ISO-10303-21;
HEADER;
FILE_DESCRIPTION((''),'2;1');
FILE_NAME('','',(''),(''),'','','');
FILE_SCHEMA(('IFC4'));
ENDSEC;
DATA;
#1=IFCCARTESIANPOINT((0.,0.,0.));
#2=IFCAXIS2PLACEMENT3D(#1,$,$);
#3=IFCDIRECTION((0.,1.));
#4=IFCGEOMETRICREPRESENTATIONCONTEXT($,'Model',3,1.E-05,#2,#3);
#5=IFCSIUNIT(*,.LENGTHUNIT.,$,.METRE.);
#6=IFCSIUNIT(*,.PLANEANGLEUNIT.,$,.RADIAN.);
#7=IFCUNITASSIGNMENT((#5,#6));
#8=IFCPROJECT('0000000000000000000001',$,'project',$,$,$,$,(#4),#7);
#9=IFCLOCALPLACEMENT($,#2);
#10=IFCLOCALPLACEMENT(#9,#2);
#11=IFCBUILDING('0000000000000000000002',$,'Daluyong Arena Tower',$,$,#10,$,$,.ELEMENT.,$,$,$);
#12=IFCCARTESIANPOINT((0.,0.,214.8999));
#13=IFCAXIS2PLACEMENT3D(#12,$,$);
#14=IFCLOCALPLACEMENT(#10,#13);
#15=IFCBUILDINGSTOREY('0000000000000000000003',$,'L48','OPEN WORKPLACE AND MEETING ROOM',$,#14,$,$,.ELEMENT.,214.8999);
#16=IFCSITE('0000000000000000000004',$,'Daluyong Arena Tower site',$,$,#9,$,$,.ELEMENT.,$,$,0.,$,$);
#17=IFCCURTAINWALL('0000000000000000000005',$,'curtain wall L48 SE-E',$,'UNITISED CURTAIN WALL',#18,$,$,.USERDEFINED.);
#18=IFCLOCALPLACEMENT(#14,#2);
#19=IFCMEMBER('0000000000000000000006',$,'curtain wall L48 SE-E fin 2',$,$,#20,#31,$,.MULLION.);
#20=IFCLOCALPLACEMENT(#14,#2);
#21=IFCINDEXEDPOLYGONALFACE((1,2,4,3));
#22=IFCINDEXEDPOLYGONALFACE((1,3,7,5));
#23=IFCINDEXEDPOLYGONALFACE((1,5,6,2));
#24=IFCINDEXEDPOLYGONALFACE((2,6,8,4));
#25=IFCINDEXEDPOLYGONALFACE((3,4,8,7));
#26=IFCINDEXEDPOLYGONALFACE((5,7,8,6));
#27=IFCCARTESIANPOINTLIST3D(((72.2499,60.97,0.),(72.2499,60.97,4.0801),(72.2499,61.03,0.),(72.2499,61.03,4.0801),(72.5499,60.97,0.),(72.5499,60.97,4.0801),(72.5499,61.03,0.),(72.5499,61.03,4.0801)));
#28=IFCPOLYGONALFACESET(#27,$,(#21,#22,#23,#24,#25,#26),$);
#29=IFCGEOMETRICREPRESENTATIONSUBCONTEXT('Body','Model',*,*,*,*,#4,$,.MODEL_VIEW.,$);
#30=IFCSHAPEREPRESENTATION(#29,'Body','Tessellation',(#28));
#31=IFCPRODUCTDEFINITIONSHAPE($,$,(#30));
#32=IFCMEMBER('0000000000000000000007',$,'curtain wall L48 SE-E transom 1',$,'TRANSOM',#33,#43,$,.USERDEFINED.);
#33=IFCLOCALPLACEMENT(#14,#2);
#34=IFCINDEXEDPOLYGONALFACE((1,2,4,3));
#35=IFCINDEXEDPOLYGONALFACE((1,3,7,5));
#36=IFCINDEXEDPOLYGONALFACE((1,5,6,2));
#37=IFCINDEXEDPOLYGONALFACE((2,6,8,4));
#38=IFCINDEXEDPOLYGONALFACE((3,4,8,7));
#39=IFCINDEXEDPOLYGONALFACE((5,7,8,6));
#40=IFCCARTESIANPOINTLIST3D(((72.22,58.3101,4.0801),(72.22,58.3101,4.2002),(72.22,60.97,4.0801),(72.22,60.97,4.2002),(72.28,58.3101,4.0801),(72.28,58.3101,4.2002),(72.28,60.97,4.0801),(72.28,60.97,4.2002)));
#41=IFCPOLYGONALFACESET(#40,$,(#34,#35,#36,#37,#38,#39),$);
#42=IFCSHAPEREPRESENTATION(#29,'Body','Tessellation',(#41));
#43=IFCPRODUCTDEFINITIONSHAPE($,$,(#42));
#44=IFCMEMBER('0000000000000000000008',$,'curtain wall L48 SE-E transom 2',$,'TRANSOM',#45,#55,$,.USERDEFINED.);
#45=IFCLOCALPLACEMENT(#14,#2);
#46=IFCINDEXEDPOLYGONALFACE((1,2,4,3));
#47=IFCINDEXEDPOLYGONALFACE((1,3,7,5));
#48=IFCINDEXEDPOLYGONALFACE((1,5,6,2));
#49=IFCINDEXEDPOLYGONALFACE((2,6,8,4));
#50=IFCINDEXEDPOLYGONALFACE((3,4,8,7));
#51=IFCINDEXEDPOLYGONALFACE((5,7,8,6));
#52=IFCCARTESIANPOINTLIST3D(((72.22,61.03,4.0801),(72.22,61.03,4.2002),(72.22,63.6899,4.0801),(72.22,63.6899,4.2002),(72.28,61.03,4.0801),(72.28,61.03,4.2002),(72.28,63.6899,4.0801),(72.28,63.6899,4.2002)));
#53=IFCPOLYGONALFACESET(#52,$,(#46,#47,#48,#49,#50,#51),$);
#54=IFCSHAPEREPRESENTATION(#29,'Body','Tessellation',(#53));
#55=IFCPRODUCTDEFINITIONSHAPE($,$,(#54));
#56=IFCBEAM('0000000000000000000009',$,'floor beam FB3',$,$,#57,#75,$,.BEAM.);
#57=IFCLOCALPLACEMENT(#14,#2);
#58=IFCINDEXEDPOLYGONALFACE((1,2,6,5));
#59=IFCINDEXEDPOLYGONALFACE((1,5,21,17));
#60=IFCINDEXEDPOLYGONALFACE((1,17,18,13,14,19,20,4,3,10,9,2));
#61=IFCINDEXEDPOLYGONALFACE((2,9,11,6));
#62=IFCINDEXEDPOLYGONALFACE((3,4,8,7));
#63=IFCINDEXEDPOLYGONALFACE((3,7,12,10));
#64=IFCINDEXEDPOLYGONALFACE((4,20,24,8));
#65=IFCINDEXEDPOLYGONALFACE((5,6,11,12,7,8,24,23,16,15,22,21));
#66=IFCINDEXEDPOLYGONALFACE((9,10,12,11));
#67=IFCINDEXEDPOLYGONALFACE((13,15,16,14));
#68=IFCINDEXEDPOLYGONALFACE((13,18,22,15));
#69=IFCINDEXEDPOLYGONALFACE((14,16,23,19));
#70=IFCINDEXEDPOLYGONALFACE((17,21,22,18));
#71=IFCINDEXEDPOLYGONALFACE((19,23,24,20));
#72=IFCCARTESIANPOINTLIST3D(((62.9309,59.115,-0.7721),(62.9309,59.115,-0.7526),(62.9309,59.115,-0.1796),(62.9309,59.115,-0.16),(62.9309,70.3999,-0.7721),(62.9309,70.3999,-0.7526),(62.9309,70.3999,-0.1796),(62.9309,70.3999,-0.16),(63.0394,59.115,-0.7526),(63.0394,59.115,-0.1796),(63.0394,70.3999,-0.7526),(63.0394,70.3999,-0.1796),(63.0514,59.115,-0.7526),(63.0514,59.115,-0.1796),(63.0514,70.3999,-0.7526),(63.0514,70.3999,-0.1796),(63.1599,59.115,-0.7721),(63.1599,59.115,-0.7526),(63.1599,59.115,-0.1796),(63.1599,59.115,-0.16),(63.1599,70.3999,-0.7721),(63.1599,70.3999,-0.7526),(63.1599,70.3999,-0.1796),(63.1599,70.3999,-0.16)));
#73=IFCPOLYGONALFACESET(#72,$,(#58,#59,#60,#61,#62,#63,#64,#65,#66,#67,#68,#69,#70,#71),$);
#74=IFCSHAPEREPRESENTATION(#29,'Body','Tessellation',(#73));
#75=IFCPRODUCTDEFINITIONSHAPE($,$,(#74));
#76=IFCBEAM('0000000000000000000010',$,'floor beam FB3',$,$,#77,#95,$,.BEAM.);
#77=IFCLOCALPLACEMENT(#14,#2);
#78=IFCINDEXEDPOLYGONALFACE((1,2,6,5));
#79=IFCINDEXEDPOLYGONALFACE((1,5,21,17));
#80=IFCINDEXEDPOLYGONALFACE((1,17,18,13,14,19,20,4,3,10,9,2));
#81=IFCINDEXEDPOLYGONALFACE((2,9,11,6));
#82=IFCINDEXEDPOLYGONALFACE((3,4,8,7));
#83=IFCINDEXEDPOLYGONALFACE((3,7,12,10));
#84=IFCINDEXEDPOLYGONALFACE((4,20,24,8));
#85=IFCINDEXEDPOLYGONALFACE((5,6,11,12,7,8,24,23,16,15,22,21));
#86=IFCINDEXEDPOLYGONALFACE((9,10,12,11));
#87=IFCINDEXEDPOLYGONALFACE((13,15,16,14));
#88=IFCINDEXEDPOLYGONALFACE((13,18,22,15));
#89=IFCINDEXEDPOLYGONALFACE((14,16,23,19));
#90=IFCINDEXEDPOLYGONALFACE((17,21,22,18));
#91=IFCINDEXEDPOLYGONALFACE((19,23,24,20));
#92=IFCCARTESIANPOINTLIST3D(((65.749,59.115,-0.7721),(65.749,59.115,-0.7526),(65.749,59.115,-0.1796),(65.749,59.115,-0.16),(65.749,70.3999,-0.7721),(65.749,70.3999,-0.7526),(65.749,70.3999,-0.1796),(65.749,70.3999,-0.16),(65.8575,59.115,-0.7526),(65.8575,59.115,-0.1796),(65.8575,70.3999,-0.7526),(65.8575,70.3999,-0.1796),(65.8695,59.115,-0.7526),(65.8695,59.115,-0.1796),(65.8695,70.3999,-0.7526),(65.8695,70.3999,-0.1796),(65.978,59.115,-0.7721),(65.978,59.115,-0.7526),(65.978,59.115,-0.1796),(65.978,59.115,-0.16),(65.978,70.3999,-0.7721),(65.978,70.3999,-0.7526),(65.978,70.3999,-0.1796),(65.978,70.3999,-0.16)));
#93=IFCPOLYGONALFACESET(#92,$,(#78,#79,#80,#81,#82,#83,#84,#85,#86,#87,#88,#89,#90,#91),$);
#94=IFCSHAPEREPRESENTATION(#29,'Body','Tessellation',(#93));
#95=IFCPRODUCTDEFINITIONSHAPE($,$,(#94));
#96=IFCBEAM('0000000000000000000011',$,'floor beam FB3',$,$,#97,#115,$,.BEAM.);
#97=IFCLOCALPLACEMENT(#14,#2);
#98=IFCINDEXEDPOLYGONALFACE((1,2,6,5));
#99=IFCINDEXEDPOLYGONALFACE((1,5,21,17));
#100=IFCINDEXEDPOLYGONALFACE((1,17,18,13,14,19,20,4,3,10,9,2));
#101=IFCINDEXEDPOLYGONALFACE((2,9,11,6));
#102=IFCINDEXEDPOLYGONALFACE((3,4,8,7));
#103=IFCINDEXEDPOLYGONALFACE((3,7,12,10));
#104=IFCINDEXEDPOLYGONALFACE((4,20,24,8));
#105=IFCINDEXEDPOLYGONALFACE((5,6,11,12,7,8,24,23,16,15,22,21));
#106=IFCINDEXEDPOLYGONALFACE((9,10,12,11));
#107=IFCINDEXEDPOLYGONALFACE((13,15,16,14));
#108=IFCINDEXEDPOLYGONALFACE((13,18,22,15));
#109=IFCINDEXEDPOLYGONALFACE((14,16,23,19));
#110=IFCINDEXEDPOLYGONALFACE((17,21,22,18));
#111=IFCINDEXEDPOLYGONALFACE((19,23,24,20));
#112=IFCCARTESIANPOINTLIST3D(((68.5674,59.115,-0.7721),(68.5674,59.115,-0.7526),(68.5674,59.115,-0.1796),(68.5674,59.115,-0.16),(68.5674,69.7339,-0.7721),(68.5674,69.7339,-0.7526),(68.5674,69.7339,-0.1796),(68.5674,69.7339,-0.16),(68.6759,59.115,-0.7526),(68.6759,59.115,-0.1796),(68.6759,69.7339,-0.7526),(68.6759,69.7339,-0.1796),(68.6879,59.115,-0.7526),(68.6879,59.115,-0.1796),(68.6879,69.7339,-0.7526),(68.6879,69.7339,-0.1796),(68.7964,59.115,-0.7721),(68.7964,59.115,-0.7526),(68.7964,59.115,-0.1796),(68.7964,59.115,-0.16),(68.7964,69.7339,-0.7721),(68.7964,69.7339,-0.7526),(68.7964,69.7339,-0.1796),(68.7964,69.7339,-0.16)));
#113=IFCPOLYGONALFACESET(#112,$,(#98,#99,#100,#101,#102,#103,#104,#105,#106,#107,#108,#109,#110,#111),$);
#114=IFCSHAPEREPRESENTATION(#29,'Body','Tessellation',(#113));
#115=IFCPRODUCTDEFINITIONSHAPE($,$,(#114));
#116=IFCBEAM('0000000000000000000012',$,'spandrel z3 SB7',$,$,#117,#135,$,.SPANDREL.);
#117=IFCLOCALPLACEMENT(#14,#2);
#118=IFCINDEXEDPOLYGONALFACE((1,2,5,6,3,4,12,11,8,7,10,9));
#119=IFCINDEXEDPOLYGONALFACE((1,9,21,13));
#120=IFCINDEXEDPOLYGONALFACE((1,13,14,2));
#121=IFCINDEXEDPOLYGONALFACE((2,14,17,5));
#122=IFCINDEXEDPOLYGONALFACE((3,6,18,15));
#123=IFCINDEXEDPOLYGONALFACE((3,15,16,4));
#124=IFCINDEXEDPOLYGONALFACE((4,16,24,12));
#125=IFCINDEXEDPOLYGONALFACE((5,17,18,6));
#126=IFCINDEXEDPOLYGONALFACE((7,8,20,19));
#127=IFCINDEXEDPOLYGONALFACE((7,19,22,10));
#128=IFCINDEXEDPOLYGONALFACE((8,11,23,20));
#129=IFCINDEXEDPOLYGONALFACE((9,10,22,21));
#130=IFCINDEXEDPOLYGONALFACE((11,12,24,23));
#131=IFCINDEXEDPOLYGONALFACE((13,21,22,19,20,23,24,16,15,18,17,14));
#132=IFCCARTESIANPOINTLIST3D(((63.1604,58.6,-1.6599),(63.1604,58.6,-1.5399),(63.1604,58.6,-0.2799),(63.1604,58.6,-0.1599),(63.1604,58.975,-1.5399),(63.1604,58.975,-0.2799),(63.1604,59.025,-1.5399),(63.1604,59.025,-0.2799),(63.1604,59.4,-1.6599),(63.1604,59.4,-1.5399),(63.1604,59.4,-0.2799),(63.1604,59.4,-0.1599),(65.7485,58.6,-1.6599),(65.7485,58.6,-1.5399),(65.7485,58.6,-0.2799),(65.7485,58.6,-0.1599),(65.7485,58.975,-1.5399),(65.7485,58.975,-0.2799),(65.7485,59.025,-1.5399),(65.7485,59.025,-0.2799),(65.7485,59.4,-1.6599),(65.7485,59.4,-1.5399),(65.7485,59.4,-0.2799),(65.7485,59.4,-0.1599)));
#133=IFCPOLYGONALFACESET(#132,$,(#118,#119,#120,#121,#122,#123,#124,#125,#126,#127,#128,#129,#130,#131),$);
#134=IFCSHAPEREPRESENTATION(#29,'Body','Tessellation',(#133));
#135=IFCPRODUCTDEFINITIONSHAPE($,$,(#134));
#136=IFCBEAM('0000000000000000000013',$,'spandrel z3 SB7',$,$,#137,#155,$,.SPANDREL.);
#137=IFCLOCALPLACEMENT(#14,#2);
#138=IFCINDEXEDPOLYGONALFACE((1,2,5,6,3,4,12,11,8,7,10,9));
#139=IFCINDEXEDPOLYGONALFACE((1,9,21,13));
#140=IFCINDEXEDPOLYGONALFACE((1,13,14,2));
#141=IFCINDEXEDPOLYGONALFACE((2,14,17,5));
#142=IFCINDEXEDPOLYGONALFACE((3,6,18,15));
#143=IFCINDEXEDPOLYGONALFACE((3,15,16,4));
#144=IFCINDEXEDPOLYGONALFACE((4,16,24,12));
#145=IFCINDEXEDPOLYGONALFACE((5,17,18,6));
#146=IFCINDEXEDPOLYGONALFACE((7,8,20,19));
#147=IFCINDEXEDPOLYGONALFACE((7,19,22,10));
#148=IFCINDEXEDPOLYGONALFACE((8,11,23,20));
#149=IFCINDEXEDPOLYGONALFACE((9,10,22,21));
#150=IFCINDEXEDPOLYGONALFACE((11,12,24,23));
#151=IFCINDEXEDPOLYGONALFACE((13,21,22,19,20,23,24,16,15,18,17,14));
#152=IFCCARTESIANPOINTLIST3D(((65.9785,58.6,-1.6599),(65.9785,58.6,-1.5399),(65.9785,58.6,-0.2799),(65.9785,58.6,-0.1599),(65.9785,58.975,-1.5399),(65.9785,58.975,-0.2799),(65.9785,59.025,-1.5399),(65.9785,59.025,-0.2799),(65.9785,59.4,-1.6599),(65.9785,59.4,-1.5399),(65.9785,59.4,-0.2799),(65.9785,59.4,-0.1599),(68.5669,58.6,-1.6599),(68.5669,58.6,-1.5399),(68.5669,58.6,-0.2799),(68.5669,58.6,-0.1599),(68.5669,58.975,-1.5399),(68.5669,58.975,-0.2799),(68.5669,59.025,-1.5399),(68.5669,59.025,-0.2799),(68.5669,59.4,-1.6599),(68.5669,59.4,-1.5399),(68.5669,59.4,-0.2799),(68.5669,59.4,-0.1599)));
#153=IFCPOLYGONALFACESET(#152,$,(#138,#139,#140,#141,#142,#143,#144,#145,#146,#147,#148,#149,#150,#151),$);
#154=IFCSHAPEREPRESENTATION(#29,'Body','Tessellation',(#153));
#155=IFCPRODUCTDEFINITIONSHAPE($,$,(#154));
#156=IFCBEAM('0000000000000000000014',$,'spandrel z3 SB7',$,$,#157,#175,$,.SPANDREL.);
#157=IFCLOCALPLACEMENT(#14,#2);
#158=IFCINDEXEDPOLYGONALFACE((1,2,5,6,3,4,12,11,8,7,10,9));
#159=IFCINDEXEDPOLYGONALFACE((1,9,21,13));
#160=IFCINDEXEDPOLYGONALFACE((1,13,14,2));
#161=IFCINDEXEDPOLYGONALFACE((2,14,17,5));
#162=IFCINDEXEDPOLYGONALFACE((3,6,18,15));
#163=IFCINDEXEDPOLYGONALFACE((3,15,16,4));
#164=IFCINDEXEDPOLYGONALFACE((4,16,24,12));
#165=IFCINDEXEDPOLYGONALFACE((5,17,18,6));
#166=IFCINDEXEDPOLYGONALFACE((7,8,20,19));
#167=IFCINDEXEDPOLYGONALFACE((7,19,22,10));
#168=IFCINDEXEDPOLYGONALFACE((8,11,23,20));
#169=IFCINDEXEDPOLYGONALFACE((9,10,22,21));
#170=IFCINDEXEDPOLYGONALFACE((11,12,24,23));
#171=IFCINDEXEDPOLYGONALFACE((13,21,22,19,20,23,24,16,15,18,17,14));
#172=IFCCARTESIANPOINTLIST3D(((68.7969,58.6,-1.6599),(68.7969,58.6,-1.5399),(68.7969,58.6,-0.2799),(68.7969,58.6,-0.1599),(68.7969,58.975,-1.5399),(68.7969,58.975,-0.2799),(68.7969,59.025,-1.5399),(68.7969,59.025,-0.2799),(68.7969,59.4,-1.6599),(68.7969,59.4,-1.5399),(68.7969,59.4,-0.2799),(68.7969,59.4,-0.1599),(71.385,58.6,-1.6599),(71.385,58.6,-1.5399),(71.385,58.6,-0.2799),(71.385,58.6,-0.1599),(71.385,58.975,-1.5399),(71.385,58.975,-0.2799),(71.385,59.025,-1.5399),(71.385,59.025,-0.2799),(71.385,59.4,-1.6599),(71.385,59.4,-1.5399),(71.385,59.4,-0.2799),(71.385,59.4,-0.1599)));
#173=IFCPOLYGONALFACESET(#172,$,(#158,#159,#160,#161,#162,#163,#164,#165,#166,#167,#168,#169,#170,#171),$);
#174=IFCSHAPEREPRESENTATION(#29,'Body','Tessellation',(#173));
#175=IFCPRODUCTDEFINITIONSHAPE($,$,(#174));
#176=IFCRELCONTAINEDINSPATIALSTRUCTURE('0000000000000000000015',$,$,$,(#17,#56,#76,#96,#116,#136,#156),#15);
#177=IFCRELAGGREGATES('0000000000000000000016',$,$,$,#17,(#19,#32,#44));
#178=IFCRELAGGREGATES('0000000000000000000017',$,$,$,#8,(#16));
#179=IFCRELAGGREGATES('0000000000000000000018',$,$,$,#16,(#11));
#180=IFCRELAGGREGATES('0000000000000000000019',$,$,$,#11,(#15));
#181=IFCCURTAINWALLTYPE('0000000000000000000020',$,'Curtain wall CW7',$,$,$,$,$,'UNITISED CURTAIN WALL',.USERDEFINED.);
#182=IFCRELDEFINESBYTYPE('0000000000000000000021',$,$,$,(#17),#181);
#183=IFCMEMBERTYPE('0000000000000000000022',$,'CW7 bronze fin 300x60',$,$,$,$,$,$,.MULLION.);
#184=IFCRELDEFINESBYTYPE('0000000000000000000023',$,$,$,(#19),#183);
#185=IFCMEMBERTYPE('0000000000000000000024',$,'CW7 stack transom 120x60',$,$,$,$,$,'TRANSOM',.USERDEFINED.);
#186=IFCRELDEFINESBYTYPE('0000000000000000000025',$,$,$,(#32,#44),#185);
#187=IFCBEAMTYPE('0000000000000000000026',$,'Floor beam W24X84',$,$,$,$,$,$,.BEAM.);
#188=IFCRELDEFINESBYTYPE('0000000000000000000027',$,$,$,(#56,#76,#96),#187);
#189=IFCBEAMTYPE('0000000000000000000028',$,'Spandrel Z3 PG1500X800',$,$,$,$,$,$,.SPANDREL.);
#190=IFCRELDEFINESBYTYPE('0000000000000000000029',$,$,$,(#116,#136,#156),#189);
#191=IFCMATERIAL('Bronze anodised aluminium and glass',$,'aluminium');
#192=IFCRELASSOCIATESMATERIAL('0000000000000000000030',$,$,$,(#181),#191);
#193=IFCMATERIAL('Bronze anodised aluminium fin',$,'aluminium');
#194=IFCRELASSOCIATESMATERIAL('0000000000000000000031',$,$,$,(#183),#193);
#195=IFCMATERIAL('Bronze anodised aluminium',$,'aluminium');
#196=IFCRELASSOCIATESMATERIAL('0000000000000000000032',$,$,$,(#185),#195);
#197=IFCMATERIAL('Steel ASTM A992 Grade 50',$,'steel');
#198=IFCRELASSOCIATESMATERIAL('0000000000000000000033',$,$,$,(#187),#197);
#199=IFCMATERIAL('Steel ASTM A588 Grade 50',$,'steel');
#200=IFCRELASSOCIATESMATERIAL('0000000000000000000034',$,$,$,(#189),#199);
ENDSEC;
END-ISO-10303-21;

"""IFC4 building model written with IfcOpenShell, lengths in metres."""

from ifc_helpers import new_model, si_unit, direction, frame, origin, origin_2d, place, context, subcontext, project, spatial, rectangle, i_section, extrude, material, material_profile, profile_set, type_object, element, aggregate, save


model = new_model("IFC4")

# Units and contexts
model_context = context("Model", 3, precision=1e-05, world=origin(), true_north=direction((0.0, 1.0)))
body_context = subcontext(model_context, "Body", "Model", "MODEL_VIEW")
ifc_project = project(units=[si_unit("LENGTHUNIT", "METRE"), si_unit("PLANEANGLEUNIT", "RADIAN")], contexts=[model_context])

# Site, building, storey
site_placement = place(None, origin())
site = spatial("IfcSite", under=ifc_project, at=site_placement, Name="Daluyong Arena Tower site", CompositionType="ELEMENT", RefElevation=0.0)
building_placement = place(site_placement, origin())
building = spatial("IfcBuilding", under=site, at=building_placement, Name="Daluyong Arena Tower", CompositionType="ELEMENT")
storey_placement = place(building_placement, frame((0.0, 0.0, 214.8999)))
storey = spatial("IfcBuildingStorey", under=building, at=storey_placement, Name="L48", Description="OPEN WORKPLACE AND MEETING ROOM", CompositionType="ELEMENT", Elevation=214.8999)

# Curtain wall, members
ifc_material_1 = material(Name="Bronze anodised aluminium and glass", Category="aluminium")
curtain_wall_type_1 = type_object("IfcCurtainWallType", Name="Curtain wall CW7", ElementType="UNITISED CURTAIN WALL", PredefinedType="USERDEFINED", material=ifc_material_1)
curtain_wall_1_placement = place(storey_placement, origin())
curtain_wall_1 = element("IfcCurtainWall", 1, at=curtain_wall_1_placement, inside=storey, type_object=curtain_wall_type_1, Name="curtain wall L48 SE-E", ObjectType="UNITISED CURTAIN WALL", PredefinedType="USERDEFINED")
ifc_material_2 = material(Name="Bronze anodised aluminium fin", Category="aluminium")
ifc_material_profile_1 = material_profile(ifc_material_2, rectangle(XDim=0.3, YDim=0.0601, at=origin_2d()))
ifc_profile_set_1 = profile_set([ifc_material_profile_1], Name="Bronze anodised aluminium fin")
member_type_1 = type_object("IfcMemberType", Name="CW7 bronze fin 300x60", PredefinedType="MULLION", material=ifc_profile_set_1)
member_1_placement = place(storey_placement, frame((72.3999, 61.0, 0.0), z_axis=(0.0, 0.0, 1.0), x_axis=(-1.0, 0.0, 0.0)))
member_1 = element("IfcMember", 2, at=member_1_placement, type_object=member_type_1, Name="curtain wall L48 SE-E fin 2", PredefinedType="MULLION", context=body_context, shape_type="SweptSolid", body=[
    extrude(rectangle(XDim=0.3, YDim=0.0601, at=origin_2d()), origin(), (0.0, 0.0, 1.0), 4.0801),
])
ifc_material_3 = material(Name="Bronze anodised aluminium", Category="aluminium")
ifc_material_profile_2 = material_profile(ifc_material_3, rectangle(XDim=0.0601, YDim=0.1201, at=origin_2d()))
ifc_profile_set_2 = profile_set([ifc_material_profile_2], Name="Bronze anodised aluminium")
member_type_2 = type_object("IfcMemberType", Name="CW7 stack transom 120x60", ElementType="TRANSOM", PredefinedType="USERDEFINED", material=ifc_profile_set_2)
member_2_placement = place(storey_placement, frame((72.25, 58.3101, 4.1401), z_axis=(0.0, 1.0, 0.0), x_axis=(-1.0, 0.0, 0.0)))
member_2 = element("IfcMember", 3, at=member_2_placement, type_object=member_type_2, Name="curtain wall L48 SE-E transom 1", ObjectType="TRANSOM", PredefinedType="USERDEFINED", context=body_context, shape_type="SweptSolid", body=[
    extrude(rectangle(XDim=0.0601, YDim=0.1201, at=origin_2d()), origin(), (0.0, 0.0, 1.0), 2.6599),
])
member_3_placement = place(storey_placement, frame((72.25, 61.03, 4.1401), z_axis=(0.0, 1.0, 0.0), x_axis=(-1.0, 0.0, 0.0)))
member_3 = element("IfcMember", 4, at=member_3_placement, type_object=member_type_2, Name="curtain wall L48 SE-E transom 2", ObjectType="TRANSOM", PredefinedType="USERDEFINED", context=body_context, shape_type="SweptSolid", body=[
    extrude(rectangle(XDim=0.0601, YDim=0.1201, at=origin_2d()), origin(), (0.0, 0.0, 1.0), 2.6599),
])

# Beams
ifc_material_4 = material(Name="Steel ASTM A992 Grade 50", Category="steel")
ifc_material_profile_3 = material_profile(ifc_material_4, i_section(OverallWidth=0.229, OverallDepth=0.6121, WebThickness=0.012, FlangeThickness=0.0195, at=origin_2d()))
ifc_profile_set_3 = profile_set([ifc_material_profile_3], Name="Steel ASTM A992 Grade 50")
beam_type_1 = type_object("IfcBeamType", Name="Floor beam W24X84", PredefinedType="BEAM", material=ifc_profile_set_3)
for number, where, z_axis, x_axis, name in (
    (5, (63.0454, 59.115, -0.4661), (0.0, 1.0, 0.0), (-1.0, 0.0, 0.0), "floor beam FB3"),
    (6, (65.8635, 59.115, -0.4661), (0.0, 1.0, 0.0), (-1.0, 0.0, 0.0), "floor beam FB3"),
):
    element("IfcBeam", number, at=place(storey_placement, frame(where, z_axis=z_axis, x_axis=x_axis)), inside=storey, type_object=beam_type_1, Name=name, PredefinedType="BEAM", context=body_context, shape_type="SweptSolid", body=[
        extrude(i_section(OverallWidth=0.229, OverallDepth=0.6121, WebThickness=0.012, FlangeThickness=0.0195, at=origin_2d()), origin(), (0.0, 0.0, 1.0), 11.2849),
    ])
beam_1_placement = place(storey_placement, frame((68.6819, 59.115, -0.4661), z_axis=(0.0, 1.0, 0.0), x_axis=(-1.0, 0.0, 0.0)))
element("IfcBeam", 7, at=beam_1_placement, inside=storey, type_object=beam_type_1, Name="floor beam FB3", PredefinedType="BEAM", context=body_context, shape_type="SweptSolid", body=[
    extrude(i_section(OverallWidth=0.229, OverallDepth=0.6121, WebThickness=0.012, FlangeThickness=0.0195, at=origin_2d()), origin(), (0.0, 0.0, 1.0), 10.6189),
])
ifc_material_5 = material(Name="Steel ASTM A588 Grade 50", Category="steel")
ifc_material_profile_4 = material_profile(ifc_material_5, i_section(OverallWidth=0.8, OverallDepth=1.5, WebThickness=0.05, FlangeThickness=0.12, at=origin_2d()))
ifc_profile_set_4 = profile_set([ifc_material_profile_4], Name="Steel ASTM A588 Grade 50")
beam_type_2 = type_object("IfcBeamType", Name="Spandrel Z3 PG1500X800", PredefinedType="SPANDREL", material=ifc_profile_set_4)
beam_2_placement = place(storey_placement, frame((63.1604, 59.0, -0.9099), z_axis=(1.0, 0.0, 0.0), x_axis=(0.0, 1.0, 0.0)))
element("IfcBeam", 8, at=beam_2_placement, inside=storey, type_object=beam_type_2, Name="spandrel z3 SB7", PredefinedType="SPANDREL", context=body_context, shape_type="SweptSolid", body=[
    extrude(i_section(OverallWidth=0.8, OverallDepth=1.5, WebThickness=0.05, FlangeThickness=0.12, at=origin_2d()), origin(), (0.0, 0.0, 1.0), 2.5881),
])
beam_3_placement = place(storey_placement, frame((65.9785, 59.0, -0.9099), z_axis=(1.0, 0.0, 0.0), x_axis=(0.0, 1.0, 0.0)))
element("IfcBeam", 9, at=beam_3_placement, inside=storey, type_object=beam_type_2, Name="spandrel z3 SB7", PredefinedType="SPANDREL", context=body_context, shape_type="SweptSolid", body=[
    extrude(i_section(OverallWidth=0.8, OverallDepth=1.5, WebThickness=0.05, FlangeThickness=0.12, at=origin_2d()), origin(), (0.0, 0.0, 1.0), 2.5884),
])
beam_4_placement = place(storey_placement, frame((68.7969, 59.0, -0.9099), z_axis=(1.0, 0.0, 0.0), x_axis=(0.0, 1.0, 0.0)))
element("IfcBeam", 10, at=beam_4_placement, inside=storey, type_object=beam_type_2, Name="spandrel z3 SB7", PredefinedType="SPANDREL", context=body_context, shape_type="SweptSolid", body=[
    extrude(i_section(OverallWidth=0.8, OverallDepth=1.5, WebThickness=0.05, FlangeThickness=0.12, at=origin_2d()), origin(), (0.0, 0.0, 1.0), 2.5881),
])

aggregate(curtain_wall_1, [member_1, member_2, member_3])

save(model, "model.ifc")
